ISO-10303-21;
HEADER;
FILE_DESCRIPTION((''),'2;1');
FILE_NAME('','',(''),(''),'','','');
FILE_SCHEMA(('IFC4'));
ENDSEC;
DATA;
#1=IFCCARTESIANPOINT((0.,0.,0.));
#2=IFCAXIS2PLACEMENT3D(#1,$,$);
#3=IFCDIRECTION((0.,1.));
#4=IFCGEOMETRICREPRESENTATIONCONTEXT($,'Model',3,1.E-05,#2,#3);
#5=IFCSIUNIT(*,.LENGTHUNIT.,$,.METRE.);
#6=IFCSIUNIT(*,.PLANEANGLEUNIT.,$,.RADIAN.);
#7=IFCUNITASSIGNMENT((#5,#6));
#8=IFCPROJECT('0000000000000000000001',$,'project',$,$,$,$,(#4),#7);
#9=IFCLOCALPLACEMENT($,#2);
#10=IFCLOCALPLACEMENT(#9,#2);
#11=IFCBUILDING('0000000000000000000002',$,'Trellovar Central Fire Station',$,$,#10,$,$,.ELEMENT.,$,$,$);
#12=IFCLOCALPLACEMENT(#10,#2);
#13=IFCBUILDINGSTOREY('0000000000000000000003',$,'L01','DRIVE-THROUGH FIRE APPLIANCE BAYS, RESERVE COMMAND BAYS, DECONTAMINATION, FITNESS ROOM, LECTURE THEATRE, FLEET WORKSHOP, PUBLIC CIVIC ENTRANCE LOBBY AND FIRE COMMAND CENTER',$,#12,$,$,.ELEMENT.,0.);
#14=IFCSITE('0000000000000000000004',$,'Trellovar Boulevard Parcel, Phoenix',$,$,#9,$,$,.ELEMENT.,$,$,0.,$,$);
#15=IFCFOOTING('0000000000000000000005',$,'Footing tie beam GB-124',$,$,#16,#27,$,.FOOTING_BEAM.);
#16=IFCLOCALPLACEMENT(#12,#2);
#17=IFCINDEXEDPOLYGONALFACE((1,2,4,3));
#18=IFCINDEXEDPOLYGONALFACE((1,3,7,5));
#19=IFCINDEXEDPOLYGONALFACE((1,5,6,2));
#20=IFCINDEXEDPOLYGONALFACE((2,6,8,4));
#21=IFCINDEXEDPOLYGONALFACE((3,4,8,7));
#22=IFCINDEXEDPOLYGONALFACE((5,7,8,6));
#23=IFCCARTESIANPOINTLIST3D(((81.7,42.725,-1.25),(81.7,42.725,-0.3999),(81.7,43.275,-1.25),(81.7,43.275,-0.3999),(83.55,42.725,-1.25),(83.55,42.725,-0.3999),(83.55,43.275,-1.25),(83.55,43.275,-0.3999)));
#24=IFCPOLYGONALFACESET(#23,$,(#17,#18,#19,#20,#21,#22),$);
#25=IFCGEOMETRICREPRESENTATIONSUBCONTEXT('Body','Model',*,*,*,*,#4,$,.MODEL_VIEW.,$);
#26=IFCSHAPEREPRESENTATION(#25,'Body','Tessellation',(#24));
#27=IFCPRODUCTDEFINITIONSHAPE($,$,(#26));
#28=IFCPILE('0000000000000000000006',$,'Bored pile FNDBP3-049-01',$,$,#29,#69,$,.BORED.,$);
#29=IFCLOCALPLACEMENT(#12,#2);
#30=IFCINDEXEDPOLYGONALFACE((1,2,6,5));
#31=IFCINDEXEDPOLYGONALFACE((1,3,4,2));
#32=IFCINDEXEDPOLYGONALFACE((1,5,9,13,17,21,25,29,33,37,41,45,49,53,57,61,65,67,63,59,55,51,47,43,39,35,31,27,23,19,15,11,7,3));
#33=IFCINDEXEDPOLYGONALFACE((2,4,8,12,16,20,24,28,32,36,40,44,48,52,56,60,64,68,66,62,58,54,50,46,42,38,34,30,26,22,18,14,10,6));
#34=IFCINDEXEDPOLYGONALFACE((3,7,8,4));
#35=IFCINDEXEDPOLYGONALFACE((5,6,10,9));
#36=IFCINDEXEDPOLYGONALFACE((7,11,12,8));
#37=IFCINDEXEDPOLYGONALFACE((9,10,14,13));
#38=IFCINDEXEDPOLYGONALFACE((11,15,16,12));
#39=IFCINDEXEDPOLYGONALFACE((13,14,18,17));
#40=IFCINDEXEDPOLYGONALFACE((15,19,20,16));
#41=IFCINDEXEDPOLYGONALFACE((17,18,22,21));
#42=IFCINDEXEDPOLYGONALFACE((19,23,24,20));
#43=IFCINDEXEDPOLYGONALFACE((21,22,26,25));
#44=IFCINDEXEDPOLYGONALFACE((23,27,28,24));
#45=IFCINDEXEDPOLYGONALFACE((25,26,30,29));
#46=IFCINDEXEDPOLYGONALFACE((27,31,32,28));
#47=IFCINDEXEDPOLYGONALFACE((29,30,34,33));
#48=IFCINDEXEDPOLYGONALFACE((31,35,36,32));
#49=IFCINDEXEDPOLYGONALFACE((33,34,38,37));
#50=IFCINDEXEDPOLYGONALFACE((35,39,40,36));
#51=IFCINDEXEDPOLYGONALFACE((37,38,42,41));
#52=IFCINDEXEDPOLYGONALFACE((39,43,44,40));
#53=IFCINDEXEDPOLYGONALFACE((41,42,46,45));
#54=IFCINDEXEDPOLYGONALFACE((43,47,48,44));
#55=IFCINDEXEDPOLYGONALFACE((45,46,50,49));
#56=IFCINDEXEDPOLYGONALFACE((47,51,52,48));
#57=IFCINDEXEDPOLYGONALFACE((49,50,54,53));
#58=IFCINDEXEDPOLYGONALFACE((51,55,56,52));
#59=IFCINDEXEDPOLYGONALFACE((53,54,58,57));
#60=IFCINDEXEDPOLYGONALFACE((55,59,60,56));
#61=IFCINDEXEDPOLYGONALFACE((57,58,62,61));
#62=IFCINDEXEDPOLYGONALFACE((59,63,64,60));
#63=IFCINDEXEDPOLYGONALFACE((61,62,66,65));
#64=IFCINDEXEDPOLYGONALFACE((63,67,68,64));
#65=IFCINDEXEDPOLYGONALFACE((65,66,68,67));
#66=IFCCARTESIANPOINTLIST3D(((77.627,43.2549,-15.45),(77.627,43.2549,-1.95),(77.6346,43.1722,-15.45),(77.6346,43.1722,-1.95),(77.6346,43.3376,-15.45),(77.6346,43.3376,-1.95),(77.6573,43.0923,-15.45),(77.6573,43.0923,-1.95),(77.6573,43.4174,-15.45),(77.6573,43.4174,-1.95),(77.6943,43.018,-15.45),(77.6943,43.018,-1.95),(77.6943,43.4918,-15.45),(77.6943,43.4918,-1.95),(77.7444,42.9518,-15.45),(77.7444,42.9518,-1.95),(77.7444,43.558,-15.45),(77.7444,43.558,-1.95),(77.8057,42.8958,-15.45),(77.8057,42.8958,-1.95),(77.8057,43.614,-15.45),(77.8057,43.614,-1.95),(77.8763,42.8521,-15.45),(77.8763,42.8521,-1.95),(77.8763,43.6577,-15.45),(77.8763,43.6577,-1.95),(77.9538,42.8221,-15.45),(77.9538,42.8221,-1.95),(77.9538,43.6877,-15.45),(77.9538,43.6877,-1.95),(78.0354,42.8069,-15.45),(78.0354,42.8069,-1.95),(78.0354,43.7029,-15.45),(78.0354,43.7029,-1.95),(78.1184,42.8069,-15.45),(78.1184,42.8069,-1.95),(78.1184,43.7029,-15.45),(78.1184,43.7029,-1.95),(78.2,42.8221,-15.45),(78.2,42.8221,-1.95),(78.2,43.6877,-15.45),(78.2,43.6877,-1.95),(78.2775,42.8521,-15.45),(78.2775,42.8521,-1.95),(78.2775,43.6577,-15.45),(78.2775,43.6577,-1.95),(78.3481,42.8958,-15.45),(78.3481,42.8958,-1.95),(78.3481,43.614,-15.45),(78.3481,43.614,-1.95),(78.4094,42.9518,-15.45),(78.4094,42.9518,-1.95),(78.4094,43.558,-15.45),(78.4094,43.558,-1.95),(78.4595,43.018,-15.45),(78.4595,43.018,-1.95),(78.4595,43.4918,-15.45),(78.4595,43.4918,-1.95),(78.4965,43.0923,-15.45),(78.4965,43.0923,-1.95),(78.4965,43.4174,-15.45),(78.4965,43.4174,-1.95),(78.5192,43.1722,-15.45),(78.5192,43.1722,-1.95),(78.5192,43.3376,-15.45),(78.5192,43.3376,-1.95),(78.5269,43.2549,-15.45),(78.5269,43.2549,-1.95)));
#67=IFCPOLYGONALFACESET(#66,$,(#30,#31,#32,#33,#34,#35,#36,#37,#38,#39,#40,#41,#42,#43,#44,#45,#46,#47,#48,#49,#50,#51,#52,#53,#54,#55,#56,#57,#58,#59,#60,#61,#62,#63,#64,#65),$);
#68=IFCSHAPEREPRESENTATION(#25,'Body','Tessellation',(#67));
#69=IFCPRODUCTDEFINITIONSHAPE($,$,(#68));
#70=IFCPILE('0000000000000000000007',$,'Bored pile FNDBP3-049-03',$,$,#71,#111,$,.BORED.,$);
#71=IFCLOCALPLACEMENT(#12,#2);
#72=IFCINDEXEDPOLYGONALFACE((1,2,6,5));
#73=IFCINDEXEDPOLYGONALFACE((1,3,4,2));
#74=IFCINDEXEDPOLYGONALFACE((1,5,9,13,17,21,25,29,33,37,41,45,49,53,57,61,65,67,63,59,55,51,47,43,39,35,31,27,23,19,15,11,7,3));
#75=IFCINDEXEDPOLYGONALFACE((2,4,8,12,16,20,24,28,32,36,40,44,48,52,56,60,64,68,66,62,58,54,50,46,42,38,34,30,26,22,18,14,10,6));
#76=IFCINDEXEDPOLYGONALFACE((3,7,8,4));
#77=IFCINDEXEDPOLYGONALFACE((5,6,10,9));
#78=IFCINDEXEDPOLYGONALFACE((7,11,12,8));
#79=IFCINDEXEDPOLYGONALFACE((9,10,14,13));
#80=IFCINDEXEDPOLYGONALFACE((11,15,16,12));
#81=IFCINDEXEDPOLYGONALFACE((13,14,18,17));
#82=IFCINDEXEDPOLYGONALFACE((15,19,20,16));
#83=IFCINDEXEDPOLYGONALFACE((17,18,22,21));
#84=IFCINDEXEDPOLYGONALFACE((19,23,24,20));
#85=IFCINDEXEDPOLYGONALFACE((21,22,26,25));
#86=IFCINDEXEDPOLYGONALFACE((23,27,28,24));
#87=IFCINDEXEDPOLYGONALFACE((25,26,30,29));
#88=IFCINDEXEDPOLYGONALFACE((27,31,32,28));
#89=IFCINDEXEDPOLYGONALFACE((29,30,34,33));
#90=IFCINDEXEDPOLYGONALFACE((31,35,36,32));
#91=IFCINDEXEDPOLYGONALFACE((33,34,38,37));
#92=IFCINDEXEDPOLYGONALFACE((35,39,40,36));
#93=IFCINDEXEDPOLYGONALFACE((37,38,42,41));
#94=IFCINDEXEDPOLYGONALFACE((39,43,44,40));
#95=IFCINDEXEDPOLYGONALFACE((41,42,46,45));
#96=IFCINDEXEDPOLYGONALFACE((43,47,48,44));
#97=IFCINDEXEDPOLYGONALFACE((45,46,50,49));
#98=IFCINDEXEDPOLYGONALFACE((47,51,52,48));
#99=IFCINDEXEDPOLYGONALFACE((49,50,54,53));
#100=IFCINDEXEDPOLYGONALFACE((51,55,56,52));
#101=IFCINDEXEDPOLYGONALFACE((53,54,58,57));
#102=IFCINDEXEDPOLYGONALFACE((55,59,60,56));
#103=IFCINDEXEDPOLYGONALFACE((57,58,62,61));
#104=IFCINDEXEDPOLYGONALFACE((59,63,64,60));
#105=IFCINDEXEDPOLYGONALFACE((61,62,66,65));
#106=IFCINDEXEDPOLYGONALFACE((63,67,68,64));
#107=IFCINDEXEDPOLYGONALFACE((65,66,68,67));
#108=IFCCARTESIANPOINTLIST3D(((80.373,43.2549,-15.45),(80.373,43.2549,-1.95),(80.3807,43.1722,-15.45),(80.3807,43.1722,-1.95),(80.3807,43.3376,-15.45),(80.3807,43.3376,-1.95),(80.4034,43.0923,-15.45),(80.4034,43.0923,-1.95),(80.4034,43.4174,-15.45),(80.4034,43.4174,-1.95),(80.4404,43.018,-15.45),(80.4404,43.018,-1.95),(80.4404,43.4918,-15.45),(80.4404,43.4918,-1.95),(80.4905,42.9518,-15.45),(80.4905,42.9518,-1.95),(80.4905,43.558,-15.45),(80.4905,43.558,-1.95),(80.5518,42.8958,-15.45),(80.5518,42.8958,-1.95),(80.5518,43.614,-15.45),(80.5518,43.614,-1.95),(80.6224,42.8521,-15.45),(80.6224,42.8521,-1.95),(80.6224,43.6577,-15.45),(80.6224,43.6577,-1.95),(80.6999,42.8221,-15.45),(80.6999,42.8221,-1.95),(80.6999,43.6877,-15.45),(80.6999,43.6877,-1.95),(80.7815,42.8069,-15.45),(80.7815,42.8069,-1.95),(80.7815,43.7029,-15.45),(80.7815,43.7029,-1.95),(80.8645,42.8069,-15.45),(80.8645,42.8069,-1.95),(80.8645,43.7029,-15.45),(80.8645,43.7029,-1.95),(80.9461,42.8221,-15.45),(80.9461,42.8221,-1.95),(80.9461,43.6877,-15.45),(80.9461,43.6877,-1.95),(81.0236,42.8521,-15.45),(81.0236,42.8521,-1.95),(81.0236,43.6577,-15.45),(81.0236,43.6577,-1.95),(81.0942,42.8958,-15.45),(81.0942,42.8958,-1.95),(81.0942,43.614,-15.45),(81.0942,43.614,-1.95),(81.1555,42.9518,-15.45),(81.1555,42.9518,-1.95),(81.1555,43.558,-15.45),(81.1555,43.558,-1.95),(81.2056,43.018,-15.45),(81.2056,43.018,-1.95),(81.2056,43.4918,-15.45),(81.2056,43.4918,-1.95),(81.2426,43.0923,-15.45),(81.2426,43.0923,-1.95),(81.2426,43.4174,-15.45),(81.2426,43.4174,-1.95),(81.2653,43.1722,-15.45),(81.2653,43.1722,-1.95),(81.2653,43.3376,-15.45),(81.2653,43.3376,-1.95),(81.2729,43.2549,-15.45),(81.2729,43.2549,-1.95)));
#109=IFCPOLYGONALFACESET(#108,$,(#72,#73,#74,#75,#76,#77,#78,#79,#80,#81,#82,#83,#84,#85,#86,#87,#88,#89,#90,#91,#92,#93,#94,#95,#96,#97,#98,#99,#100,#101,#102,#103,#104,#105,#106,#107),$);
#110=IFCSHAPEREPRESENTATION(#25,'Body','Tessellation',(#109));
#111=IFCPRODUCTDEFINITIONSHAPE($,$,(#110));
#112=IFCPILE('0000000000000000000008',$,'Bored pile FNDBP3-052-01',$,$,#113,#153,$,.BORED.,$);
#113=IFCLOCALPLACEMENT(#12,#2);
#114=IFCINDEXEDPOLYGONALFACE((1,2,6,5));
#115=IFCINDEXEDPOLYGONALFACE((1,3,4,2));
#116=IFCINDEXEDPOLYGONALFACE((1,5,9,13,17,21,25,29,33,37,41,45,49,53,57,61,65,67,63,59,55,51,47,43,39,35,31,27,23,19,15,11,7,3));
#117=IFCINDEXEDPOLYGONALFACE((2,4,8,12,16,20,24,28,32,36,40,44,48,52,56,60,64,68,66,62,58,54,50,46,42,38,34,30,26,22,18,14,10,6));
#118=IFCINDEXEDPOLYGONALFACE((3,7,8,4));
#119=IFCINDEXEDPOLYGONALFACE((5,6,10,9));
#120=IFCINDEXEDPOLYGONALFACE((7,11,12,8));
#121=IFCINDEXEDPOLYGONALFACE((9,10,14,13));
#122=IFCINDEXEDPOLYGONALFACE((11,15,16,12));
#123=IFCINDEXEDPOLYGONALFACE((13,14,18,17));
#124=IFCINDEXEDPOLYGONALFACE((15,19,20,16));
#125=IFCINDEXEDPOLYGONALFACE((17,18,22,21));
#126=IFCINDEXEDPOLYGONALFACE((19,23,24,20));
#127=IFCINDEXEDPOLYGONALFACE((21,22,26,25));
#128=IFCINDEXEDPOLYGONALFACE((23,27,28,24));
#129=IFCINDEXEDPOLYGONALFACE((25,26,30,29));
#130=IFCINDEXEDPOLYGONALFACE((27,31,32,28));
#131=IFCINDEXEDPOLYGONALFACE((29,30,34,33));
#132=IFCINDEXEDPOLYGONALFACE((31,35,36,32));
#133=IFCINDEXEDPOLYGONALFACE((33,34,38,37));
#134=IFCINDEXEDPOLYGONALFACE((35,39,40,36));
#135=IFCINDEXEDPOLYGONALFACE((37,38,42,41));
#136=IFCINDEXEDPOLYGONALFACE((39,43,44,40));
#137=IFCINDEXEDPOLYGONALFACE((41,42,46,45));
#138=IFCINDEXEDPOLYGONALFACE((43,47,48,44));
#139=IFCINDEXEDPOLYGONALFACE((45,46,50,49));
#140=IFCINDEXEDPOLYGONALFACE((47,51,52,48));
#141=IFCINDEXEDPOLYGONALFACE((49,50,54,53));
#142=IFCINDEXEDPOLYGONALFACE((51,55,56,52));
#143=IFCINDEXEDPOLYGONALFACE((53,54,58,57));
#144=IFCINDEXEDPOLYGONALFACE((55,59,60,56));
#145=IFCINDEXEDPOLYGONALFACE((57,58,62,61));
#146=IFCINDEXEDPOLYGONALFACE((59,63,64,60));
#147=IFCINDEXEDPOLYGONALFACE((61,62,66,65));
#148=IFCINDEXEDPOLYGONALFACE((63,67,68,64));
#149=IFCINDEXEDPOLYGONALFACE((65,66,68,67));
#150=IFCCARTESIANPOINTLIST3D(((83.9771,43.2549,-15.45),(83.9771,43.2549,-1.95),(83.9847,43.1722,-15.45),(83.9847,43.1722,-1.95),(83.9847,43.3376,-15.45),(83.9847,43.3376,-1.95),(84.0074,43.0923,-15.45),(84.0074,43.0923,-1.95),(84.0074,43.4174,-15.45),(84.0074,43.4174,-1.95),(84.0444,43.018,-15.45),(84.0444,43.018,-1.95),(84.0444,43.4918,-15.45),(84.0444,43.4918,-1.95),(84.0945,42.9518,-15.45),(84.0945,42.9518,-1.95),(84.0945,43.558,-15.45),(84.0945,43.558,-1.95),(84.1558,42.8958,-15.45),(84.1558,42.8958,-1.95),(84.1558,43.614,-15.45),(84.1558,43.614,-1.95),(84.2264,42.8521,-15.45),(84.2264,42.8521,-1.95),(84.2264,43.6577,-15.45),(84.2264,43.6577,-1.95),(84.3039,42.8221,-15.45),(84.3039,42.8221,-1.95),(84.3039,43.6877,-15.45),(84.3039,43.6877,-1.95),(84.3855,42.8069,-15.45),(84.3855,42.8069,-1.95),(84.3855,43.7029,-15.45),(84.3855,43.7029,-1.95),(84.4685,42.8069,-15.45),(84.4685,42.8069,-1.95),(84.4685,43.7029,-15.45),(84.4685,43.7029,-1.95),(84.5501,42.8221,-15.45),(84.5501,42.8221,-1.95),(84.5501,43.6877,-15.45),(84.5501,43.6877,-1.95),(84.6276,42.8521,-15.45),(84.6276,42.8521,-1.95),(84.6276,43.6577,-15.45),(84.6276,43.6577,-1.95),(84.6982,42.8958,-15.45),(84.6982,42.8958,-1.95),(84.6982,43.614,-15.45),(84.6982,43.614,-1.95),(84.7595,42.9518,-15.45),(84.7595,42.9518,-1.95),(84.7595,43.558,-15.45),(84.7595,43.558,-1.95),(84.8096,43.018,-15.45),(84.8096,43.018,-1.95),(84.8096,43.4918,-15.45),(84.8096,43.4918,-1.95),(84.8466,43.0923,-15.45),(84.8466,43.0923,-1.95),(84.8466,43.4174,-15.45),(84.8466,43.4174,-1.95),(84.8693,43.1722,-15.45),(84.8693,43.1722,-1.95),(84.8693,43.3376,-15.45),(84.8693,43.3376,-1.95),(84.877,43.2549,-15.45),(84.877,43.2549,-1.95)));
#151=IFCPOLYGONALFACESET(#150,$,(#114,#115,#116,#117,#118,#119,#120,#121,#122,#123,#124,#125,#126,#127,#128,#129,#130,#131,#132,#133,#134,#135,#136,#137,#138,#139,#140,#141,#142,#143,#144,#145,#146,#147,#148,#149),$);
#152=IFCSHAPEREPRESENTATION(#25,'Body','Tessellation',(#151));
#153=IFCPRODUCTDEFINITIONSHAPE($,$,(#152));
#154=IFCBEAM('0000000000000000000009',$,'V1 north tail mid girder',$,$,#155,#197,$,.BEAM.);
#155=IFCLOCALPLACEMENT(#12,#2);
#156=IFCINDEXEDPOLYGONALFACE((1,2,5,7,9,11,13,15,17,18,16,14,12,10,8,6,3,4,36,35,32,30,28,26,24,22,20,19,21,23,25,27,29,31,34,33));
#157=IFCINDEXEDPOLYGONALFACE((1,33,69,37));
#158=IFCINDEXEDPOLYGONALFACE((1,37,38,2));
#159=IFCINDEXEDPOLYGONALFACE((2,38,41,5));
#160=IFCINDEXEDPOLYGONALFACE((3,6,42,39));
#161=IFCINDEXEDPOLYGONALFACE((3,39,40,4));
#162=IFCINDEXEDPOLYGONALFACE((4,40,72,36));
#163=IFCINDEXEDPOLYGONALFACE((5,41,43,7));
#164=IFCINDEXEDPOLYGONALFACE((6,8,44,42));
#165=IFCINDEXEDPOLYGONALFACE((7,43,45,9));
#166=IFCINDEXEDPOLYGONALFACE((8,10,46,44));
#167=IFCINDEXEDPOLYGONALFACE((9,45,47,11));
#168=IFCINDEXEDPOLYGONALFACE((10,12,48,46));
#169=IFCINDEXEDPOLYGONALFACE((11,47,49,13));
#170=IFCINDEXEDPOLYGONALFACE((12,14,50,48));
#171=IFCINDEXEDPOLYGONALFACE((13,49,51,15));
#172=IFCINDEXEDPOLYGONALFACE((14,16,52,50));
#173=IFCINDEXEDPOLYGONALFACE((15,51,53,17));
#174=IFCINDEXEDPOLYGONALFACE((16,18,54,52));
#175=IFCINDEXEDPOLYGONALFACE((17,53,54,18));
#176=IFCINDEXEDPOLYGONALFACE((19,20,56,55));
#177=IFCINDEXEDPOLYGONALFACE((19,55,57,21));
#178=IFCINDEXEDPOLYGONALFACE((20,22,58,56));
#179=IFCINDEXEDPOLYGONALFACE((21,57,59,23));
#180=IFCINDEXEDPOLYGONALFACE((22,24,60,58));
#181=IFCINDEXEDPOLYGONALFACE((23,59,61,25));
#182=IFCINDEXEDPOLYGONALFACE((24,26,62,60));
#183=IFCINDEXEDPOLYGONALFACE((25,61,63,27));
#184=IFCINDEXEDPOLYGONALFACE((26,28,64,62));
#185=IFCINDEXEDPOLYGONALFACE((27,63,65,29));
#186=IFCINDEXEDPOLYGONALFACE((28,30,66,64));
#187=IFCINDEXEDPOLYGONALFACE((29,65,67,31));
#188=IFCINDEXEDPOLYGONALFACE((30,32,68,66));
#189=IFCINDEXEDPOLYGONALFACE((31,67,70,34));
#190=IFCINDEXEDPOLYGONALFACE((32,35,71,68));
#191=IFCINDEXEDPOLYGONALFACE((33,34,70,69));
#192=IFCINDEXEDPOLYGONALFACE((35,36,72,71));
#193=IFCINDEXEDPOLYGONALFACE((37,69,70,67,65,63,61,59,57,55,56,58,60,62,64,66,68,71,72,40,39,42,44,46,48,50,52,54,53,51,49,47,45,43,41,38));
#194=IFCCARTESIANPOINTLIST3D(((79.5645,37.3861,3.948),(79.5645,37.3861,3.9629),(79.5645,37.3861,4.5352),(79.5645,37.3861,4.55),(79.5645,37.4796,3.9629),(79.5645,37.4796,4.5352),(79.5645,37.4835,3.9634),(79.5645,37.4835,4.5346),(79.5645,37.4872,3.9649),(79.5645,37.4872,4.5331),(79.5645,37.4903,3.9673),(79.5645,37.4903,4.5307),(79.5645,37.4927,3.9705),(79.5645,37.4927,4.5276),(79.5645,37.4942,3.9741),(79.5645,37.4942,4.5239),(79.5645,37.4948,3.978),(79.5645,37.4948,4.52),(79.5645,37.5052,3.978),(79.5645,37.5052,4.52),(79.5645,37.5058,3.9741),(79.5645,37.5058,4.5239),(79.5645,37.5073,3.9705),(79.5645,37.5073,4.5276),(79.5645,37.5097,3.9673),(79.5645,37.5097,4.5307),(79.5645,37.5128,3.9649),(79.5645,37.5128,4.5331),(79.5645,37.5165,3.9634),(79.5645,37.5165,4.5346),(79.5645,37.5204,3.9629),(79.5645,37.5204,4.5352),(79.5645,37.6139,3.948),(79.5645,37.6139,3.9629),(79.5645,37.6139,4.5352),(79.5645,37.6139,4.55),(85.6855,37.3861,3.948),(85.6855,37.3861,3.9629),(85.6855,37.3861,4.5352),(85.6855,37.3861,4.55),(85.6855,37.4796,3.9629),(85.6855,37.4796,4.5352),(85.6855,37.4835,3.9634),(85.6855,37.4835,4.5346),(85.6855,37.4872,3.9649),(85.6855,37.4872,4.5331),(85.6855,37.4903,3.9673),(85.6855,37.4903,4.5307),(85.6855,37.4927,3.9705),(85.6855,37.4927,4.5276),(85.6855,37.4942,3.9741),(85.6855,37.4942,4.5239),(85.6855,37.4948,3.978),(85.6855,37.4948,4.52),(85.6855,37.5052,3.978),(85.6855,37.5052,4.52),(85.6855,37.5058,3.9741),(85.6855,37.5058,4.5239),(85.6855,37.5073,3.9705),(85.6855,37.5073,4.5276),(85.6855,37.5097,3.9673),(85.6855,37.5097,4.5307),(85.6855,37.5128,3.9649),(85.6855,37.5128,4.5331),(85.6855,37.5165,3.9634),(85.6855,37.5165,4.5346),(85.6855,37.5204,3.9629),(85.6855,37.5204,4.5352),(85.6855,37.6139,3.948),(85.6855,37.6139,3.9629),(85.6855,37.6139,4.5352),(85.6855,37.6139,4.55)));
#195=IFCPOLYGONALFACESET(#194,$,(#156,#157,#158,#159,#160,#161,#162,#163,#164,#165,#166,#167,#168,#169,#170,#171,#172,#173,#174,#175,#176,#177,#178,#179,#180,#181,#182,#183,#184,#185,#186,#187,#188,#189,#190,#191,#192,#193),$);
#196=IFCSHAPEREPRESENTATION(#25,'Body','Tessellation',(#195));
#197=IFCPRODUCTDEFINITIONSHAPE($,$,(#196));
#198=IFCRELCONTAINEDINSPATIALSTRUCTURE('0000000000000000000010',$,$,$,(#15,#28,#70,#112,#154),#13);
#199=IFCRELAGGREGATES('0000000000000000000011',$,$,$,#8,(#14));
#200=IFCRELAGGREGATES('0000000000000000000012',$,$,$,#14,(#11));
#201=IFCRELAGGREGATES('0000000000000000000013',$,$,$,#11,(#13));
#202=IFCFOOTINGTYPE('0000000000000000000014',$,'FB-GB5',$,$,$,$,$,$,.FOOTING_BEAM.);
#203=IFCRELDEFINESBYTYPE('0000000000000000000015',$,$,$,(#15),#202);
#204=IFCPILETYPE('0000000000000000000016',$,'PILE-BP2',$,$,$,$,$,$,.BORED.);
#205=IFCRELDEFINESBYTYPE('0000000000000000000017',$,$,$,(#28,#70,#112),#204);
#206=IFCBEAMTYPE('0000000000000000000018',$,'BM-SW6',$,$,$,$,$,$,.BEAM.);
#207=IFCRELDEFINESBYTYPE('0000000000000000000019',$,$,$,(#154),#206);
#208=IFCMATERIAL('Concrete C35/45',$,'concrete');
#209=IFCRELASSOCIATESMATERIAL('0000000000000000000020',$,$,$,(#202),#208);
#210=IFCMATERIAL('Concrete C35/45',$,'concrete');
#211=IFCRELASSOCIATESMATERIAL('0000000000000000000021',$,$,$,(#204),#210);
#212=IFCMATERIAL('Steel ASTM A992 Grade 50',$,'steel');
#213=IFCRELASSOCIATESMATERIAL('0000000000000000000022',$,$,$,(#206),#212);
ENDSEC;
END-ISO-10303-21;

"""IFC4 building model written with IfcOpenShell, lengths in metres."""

from ifc_helpers import new_model, si_unit, direction, frame, origin, origin_2d, place, context, subcontext, project, spatial, rectangle, circle, i_section, extrude, material, material_profile, profile_set, type_object, element, save


model = new_model("IFC4")

# Units and contexts
model_context = context("Model", 3, precision=1e-05, world=origin(), true_north=direction((0.0, 1.0)))
body_context = subcontext(model_context, "Body", "Model", "MODEL_VIEW")
ifc_project = project(units=[si_unit("LENGTHUNIT", "METRE"), si_unit("PLANEANGLEUNIT", "RADIAN")], contexts=[model_context])

# Site, building, storey
site_placement = place(None, origin())
site = spatial("IfcSite", under=ifc_project, at=site_placement, Name="Trellovar Boulevard Parcel, Phoenix", CompositionType="ELEMENT", RefElevation=0.0)
building_placement = place(site_placement, origin())
building = spatial("IfcBuilding", under=site, at=building_placement, Name="Trellovar Central Fire Station", CompositionType="ELEMENT")
storey_placement = place(building_placement, origin())
storey = spatial("IfcBuildingStorey", under=building, at=storey_placement, Name="L01", Description="DRIVE-THROUGH FIRE APPLIANCE BAYS, RESERVE COMMAND BAYS, DECONTAMINATION, FITNESS ROOM, LECTURE THEATRE, FLEET WORKSHOP, PUBLIC CIVIC ENTRANCE LOBBY AND FIRE COMMAND CENTER", CompositionType="ELEMENT", Elevation=0.0)

# Footing
ifc_material_1 = material(Name="Concrete C35/45", Category="concrete")
ifc_material_profile_1 = material_profile(ifc_material_1, rectangle(XDim=0.55, YDim=0.8501, at=origin_2d()), Name="RC550X850")
ifc_profile_set_1 = profile_set([ifc_material_profile_1], Name="Concrete C35/45")
footing_type = type_object("IfcFootingType", Name="FB-GB5", PredefinedType="FOOTING_BEAM", material=ifc_profile_set_1)
footing_placement = place(storey_placement, frame((81.7, 43.0, -0.825), z_axis=(1.0, 0.0, 0.0), x_axis=(0.0, 1.0, 0.0)))
element("IfcFooting", 1, at=footing_placement, inside=storey, type_object=footing_type, Name="Footing tie beam GB-124", PredefinedType="FOOTING_BEAM", context=body_context, shape_type="SweptSolid", body=[
    extrude(rectangle(XDim=0.55, YDim=0.8501, at=origin_2d()), origin(), (0.0, 0.0, 1.0), 1.8501),
])

# Piles
ifc_material_2 = material(Name="Concrete C35/45", Category="concrete")
ifc_material_profile_2 = material_profile(ifc_material_2, circle(Radius=0.45, at=origin_2d()), Name="PILE900")
ifc_profile_set_2 = profile_set([ifc_material_profile_2], Name="Concrete C35/45")
pile_type = type_object("IfcPileType", Name="PILE-BP2", PredefinedType="BORED", material=ifc_profile_set_2)
for number, where, z_axis, x_axis, name in (
    (2, (78.0769, 43.2549, -1.95), (0.0, 0.0, -1.0), (1.0, 0.0, 0.0), "Bored pile FNDBP3-049-01"),
    (3, (80.823, 43.2549, -1.95), (0.0, 0.0, -1.0), (1.0, 0.0, 0.0), "Bored pile FNDBP3-049-03"),
    (4, (84.427, 43.2549, -1.95), (0.0, 0.0, -1.0), (1.0, 0.0, 0.0), "Bored pile FNDBP3-052-01"),
):
    element("IfcPile", number, at=place(storey_placement, frame(where, z_axis=z_axis, x_axis=x_axis)), inside=storey, type_object=pile_type, Name=name, PredefinedType="BORED", context=body_context, shape_type="SweptSolid", body=[
        extrude(circle(Radius=0.45, at=origin_2d()), origin(), (0.0, 0.0, 1.0), 13.5),
    ])

# Beam
ifc_material_3 = material(Name="Steel ASTM A992 Grade 50", Category="steel")
ifc_material_profile_3 = material_profile(ifc_material_3, i_section(OverallWidth=0.2278, OverallDepth=0.6021, WebThickness=0.0105, FlangeThickness=0.0149, FilletRadius=0.0151, at=origin_2d()), Name="W24X68")
ifc_profile_set_3 = profile_set([ifc_material_profile_3], Name="Steel ASTM A992 Grade 50")
beam_type = type_object("IfcBeamType", Name="BM-SW6", PredefinedType="BEAM", material=ifc_profile_set_3)
beam_placement = place(storey_placement, frame((79.5645, 37.5, 4.249), z_axis=(1.0, 0.0, 0.0), x_axis=(0.0, 1.0, 0.0)))
element("IfcBeam", 5, at=beam_placement, inside=storey, type_object=beam_type, Name="V1 north tail mid girder", PredefinedType="BEAM", context=body_context, shape_type="SweptSolid", body=[
    extrude(i_section(OverallWidth=0.2278, OverallDepth=0.6021, WebThickness=0.0105, FlangeThickness=0.0149, FilletRadius=0.0151, at=origin_2d()), origin(), (0.0, 0.0, 1.0), 6.1211),
])

save(model, "model.ifc")
